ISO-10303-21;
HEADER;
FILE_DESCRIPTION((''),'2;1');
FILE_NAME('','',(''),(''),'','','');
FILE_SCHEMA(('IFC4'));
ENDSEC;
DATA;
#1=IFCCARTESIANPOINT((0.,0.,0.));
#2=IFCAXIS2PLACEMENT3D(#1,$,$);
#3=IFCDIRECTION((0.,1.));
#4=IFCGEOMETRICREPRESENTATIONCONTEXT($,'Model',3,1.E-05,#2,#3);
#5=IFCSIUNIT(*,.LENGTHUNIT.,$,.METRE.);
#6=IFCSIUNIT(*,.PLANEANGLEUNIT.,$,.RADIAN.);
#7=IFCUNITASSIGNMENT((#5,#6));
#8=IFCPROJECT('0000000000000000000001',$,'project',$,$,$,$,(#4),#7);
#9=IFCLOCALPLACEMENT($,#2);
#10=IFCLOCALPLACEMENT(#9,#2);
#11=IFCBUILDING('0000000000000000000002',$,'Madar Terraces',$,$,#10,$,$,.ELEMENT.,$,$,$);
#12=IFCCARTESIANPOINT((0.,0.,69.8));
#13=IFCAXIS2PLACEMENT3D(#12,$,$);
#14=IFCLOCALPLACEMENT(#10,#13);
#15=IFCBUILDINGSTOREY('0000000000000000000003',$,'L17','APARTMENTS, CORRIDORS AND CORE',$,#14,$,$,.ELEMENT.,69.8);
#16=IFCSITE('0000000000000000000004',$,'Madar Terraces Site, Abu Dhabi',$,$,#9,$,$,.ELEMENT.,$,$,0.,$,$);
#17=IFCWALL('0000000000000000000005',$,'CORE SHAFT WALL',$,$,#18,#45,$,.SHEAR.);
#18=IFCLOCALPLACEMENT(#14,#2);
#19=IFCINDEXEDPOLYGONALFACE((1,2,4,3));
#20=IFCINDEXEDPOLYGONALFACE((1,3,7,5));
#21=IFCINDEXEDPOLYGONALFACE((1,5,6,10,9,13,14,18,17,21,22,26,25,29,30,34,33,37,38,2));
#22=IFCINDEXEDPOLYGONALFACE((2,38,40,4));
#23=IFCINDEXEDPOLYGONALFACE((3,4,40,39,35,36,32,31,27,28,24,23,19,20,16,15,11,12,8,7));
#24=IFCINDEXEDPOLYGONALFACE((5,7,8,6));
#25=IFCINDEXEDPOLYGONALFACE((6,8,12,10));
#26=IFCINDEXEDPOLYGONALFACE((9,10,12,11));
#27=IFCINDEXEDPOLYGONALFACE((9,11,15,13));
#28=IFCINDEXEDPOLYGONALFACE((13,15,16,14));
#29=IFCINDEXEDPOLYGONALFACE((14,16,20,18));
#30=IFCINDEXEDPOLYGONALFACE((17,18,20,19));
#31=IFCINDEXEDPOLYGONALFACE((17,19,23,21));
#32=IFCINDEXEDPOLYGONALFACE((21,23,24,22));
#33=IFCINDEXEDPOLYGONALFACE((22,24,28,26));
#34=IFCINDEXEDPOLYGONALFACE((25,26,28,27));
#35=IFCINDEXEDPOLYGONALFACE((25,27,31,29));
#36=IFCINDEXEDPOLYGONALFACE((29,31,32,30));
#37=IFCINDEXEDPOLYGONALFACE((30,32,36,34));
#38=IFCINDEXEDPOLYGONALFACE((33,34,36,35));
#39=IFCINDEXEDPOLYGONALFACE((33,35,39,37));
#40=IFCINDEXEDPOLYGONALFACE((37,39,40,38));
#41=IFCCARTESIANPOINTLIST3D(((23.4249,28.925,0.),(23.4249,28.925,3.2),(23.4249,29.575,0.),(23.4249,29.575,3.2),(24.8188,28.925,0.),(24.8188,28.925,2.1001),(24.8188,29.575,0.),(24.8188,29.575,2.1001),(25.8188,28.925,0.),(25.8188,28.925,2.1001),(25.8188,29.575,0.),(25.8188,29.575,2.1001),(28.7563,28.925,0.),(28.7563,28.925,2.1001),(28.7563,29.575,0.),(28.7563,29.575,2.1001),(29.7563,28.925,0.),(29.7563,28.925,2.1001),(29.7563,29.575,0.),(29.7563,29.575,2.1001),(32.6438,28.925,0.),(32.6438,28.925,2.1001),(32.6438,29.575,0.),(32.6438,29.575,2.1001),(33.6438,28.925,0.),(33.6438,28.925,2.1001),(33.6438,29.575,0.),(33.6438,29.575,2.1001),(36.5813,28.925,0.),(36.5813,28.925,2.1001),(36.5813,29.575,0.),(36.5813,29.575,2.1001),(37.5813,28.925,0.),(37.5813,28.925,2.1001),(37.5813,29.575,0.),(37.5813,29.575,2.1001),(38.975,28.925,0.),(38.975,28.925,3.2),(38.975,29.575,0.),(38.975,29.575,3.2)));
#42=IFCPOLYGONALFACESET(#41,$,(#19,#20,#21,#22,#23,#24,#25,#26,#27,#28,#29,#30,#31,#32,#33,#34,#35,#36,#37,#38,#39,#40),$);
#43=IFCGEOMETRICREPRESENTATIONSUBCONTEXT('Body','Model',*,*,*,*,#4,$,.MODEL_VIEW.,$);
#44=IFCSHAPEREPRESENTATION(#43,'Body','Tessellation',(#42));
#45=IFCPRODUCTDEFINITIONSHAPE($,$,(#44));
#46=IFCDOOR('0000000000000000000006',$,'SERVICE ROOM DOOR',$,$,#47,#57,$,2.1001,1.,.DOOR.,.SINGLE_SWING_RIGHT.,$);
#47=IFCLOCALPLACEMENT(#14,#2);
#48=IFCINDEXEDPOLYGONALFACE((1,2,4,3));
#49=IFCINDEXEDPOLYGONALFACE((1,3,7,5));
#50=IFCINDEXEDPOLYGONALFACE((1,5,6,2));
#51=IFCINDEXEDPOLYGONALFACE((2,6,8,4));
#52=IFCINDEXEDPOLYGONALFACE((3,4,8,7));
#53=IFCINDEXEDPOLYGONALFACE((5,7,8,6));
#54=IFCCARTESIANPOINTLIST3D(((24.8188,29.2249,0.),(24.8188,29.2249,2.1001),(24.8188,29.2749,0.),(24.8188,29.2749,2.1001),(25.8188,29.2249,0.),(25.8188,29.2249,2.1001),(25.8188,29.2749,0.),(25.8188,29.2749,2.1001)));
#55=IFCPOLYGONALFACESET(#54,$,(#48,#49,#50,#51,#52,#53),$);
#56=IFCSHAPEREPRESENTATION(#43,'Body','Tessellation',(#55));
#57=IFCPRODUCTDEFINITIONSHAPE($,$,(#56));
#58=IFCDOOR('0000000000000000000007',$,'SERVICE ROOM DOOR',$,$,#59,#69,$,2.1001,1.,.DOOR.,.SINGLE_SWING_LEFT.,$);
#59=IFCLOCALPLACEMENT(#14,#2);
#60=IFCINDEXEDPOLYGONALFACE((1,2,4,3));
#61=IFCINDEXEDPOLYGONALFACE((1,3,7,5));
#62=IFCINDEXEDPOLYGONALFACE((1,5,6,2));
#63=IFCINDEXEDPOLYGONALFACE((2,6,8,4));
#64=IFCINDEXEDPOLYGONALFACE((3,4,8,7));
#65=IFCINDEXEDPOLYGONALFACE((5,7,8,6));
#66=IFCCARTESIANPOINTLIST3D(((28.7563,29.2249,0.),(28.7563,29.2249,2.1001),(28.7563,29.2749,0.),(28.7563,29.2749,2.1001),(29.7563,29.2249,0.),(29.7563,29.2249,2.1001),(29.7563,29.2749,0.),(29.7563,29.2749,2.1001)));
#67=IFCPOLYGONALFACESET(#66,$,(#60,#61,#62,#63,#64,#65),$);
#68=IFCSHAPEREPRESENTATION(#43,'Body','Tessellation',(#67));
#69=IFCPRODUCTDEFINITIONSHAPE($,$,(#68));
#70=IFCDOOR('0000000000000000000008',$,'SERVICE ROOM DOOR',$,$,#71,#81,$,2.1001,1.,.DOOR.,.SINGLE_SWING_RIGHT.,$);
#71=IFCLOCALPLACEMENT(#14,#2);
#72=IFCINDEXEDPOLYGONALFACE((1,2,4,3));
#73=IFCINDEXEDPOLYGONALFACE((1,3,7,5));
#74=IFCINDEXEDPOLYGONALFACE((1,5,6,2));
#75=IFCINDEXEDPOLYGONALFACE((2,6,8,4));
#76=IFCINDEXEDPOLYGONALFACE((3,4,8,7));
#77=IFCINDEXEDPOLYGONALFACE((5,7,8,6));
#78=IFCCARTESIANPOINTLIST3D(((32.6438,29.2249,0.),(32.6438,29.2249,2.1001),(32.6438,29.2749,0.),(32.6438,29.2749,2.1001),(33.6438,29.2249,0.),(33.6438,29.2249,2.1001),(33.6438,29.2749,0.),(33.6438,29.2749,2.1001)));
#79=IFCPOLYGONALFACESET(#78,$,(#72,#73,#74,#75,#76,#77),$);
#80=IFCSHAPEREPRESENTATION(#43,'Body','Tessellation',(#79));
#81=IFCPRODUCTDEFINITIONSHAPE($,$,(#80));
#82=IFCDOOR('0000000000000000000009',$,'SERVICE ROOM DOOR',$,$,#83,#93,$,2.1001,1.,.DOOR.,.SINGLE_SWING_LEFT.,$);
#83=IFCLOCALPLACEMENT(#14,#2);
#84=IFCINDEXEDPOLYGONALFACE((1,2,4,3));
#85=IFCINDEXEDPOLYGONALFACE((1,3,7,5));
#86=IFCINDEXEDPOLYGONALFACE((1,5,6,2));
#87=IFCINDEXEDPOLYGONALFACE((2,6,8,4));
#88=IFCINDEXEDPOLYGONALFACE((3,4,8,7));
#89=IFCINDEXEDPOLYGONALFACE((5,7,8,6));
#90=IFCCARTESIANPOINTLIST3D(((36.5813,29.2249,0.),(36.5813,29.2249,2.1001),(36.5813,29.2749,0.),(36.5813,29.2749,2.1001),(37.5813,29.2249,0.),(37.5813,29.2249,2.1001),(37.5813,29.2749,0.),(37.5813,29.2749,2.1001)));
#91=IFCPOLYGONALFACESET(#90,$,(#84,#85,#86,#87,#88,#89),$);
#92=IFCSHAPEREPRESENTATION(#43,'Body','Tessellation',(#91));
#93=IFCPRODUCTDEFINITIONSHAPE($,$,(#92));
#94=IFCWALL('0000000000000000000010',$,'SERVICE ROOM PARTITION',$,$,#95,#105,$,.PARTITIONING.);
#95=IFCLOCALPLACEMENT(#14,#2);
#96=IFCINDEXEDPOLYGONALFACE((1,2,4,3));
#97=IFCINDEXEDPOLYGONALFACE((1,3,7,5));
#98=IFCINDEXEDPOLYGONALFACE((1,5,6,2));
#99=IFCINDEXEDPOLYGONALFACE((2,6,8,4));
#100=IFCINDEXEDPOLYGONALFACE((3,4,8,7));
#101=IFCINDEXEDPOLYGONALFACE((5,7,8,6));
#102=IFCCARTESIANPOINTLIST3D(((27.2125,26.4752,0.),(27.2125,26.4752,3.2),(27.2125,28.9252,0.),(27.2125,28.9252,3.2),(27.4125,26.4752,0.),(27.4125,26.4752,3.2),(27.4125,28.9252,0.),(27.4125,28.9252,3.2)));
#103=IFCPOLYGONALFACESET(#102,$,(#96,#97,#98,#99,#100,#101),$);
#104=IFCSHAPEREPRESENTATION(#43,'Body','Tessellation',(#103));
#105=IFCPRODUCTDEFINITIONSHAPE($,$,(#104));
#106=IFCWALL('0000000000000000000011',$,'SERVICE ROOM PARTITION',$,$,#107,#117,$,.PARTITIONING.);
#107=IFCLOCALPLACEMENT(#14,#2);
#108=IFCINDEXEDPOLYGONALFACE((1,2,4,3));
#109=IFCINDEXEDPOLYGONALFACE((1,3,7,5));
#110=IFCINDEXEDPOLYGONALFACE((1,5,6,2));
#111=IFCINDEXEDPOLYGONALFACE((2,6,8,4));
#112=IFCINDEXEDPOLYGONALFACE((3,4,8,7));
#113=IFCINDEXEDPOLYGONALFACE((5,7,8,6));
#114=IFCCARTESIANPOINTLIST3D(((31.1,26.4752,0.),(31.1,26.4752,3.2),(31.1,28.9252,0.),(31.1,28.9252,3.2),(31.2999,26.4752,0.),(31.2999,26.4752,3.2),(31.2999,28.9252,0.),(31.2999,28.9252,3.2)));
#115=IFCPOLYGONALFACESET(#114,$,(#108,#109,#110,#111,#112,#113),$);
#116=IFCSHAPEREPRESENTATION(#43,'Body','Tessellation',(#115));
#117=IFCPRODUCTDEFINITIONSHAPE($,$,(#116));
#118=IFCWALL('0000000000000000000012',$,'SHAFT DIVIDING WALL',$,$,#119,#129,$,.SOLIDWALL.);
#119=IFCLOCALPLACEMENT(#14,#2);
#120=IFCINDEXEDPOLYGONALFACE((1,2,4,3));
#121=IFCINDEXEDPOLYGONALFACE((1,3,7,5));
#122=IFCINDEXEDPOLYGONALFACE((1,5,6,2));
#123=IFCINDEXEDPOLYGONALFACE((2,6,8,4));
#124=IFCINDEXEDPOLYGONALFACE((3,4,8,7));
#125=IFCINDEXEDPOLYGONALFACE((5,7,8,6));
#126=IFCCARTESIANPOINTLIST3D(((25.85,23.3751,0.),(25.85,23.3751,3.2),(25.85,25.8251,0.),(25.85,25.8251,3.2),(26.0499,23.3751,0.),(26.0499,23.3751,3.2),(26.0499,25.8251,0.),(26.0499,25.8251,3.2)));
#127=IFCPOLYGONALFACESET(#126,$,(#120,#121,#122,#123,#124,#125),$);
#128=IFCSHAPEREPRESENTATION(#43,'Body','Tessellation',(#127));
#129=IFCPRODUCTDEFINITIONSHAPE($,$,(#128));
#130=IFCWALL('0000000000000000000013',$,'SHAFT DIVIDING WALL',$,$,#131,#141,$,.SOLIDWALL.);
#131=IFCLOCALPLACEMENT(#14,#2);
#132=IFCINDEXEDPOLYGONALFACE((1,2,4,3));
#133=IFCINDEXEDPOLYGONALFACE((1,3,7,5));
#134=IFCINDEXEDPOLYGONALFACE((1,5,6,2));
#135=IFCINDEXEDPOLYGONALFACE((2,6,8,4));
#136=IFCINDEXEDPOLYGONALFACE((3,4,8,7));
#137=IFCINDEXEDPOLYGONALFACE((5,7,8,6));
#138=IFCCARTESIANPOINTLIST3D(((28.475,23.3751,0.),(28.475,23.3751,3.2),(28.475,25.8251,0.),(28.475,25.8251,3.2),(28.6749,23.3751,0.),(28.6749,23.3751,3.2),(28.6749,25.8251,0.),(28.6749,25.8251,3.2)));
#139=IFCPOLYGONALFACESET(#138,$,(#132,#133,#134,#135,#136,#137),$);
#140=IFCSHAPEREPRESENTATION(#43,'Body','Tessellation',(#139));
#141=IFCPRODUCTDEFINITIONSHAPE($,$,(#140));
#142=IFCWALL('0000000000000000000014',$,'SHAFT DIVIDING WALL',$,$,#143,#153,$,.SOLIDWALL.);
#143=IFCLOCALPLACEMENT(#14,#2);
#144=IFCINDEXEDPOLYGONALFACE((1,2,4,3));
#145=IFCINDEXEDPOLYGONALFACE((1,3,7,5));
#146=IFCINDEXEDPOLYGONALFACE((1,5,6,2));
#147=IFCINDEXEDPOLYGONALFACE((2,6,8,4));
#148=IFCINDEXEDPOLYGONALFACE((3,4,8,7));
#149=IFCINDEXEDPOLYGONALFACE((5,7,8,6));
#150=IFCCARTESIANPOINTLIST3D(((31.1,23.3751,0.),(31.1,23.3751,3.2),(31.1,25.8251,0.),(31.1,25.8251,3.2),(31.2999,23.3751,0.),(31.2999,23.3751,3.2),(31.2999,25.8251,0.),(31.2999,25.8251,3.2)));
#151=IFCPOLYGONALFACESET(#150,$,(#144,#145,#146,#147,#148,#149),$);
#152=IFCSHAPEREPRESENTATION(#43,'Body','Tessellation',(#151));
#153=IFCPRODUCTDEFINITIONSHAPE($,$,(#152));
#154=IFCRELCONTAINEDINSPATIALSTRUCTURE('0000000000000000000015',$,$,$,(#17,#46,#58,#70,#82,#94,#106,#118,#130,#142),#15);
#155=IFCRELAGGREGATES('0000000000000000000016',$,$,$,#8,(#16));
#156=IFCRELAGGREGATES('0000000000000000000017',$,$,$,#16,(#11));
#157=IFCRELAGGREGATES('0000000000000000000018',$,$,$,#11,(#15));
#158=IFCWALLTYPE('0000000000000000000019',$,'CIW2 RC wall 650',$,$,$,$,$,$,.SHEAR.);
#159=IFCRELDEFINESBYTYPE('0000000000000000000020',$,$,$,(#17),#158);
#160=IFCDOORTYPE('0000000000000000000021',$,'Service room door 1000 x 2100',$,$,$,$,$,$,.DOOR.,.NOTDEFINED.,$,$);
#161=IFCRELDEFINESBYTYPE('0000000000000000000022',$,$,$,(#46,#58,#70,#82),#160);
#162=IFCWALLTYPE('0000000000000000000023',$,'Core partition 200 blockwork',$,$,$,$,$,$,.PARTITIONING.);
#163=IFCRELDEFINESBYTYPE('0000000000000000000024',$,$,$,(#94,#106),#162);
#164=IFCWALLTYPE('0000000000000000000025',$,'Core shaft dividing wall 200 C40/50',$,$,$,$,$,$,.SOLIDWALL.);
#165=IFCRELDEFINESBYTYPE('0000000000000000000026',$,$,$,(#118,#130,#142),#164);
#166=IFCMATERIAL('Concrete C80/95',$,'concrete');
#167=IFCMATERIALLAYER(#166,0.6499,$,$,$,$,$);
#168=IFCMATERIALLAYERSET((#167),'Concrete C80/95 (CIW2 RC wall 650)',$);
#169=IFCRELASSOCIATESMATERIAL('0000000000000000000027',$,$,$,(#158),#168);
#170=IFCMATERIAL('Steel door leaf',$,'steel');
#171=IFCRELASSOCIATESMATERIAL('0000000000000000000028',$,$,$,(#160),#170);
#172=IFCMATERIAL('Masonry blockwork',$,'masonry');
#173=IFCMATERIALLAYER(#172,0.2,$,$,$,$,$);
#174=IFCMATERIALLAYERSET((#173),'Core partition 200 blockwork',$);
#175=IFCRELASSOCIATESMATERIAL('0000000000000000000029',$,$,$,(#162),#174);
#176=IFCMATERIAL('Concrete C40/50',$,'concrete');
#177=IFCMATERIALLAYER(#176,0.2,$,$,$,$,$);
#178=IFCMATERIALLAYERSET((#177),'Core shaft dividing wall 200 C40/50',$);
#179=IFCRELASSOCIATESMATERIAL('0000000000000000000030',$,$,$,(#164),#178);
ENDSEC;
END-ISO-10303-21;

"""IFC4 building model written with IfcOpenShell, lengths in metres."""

from ifc_helpers import new_model, si_unit, direction, frame, frame_2d, origin, place, context, subcontext, project, spatial, rectangle, extrude, material, layer, layer_set, type_object, element, fill, save


model = new_model("IFC4")

# Units and contexts
model_context = context("Model", 3, precision=1e-05, world=origin(), true_north=direction((0.0, 1.0)))
body_context = subcontext(model_context, "Body", "Model", "MODEL_VIEW")
ifc_project = project(units=[si_unit("LENGTHUNIT", "METRE"), si_unit("PLANEANGLEUNIT", "RADIAN")], contexts=[model_context])

# Site, building, storey
site_placement = place(None, origin())
site = spatial("IfcSite", under=ifc_project, at=site_placement, Name="Madar Terraces Site, Abu Dhabi", CompositionType="ELEMENT", RefElevation=0.0)
building_placement = place(site_placement, origin())
building = spatial("IfcBuilding", under=site, at=building_placement, Name="Madar Terraces", CompositionType="ELEMENT")
storey_placement = place(building_placement, frame((0.0, 0.0, 69.8)))
storey = spatial("IfcBuildingStorey", under=building, at=storey_placement, Name="L17", Description="APARTMENTS, CORRIDORS AND CORE", CompositionType="ELEMENT", Elevation=69.8)

# Shared definitions
ifc_material_1 = material(Name="Concrete C80/95", Category="concrete")
ifc_layer_1 = layer(ifc_material_1, 0.6499)
ifc_layer_set_1 = layer_set([ifc_layer_1], Name="Concrete C80/95 (CIW2 RC wall 650)")
wall_type_1 = type_object("IfcWallType", Name="CIW2 RC wall 650", PredefinedType="SHEAR", material=ifc_layer_set_1)

# Shared definitions
ifc_material_2 = material(Name="Steel door leaf", Category="steel")
door_type_1 = type_object("IfcDoorType", Name="Service room door 1000 x 2100", OperationType="NOTDEFINED", PredefinedType="DOOR", material=ifc_material_2)

# Wall, openings, doors
wall_1_placement = place(storey_placement, frame((23.425, 29.25, 0.0), z_axis=(0.0, 0.0, 1.0), x_axis=(1.0, 0.0, 0.0)))
wall_1 = element("IfcWall", 1, at=wall_1_placement, inside=storey, type_object=wall_type_1, Name="CORE SHAFT WALL", PredefinedType="SHEAR", context=body_context, shape_type="SweptSolid", body=[
    extrude(rectangle(XDim=15.55, YDim=0.6499, at=frame_2d((7.7749, 0.0))), origin(), (0.0, 0.0, 1.0), 3.2),
])
opening_1_placement = place(wall_1_placement, frame((1.3938, 0.0, 0.0)))
opening_1 = element("IfcOpeningElement", 2, at=opening_1_placement, cuts=wall_1, PredefinedType="OPENING", context=body_context, shape_type="SweptSolid", body=[
    extrude(rectangle(XDim=1.0, YDim=2.1001, at=frame_2d((0.5, 1.05))), frame((0.0, 0.335, 0.0), z_axis=(0.0, -1.0, 0.0), x_axis=(1.0, 0.0, 0.0)), (0.0, 0.0, 1.0), 0.6699),
])
opening_2_placement = place(wall_1_placement, frame((5.3313, 0.0, 0.0)))
opening_2 = element("IfcOpeningElement", 3, at=opening_2_placement, cuts=wall_1, PredefinedType="OPENING", context=body_context, shape_type="SweptSolid", body=[
    extrude(rectangle(XDim=1.0, YDim=2.1001, at=frame_2d((0.5, 1.05))), frame((0.0, 0.335, 0.0), z_axis=(0.0, -1.0, 0.0), x_axis=(1.0, 0.0, 0.0)), (0.0, 0.0, 1.0), 0.6699),
])
opening_3_placement = place(wall_1_placement, frame((9.2188, 0.0, 0.0)))
opening_3 = element("IfcOpeningElement", 4, at=opening_3_placement, cuts=wall_1, PredefinedType="OPENING", context=body_context, shape_type="SweptSolid", body=[
    extrude(rectangle(XDim=1.0, YDim=2.1001, at=frame_2d((0.5, 1.05))), frame((0.0, 0.335, 0.0), z_axis=(0.0, -1.0, 0.0), x_axis=(1.0, 0.0, 0.0)), (0.0, 0.0, 1.0), 0.6699),
])
opening_4_placement = place(wall_1_placement, frame((13.1562, 0.0, 0.0)))
opening_4 = element("IfcOpeningElement", 5, at=opening_4_placement, cuts=wall_1, PredefinedType="OPENING", context=body_context, shape_type="SweptSolid", body=[
    extrude(rectangle(XDim=1.0, YDim=2.1001, at=frame_2d((0.5, 1.05))), frame((0.0, 0.335, 0.0), z_axis=(0.0, -1.0, 0.0), x_axis=(1.0, 0.0, 0.0)), (0.0, 0.0, 1.0), 0.6699),
])
door_1_placement = place(opening_1_placement, origin())
door_1 = element("IfcDoor", 6, at=door_1_placement, inside=storey, type_object=door_type_1, Name="SERVICE ROOM DOOR", OperationType="SINGLE_SWING_RIGHT", OverallHeight=2.1001, OverallWidth=1.0, PredefinedType="DOOR", context=body_context, shape_type="SweptSolid", body=[
    extrude(rectangle(XDim=1.0, YDim=2.1001, at=frame_2d((0.5, 1.05))), frame((0.0, 0.0249, 0.0), z_axis=(0.0, -1.0, 0.0), x_axis=(1.0, 0.0, 0.0)), (0.0, 0.0, 1.0), 0.05),
])
fill(opening_1, door_1)
door_2_placement = place(opening_2_placement, origin())
door_2 = element("IfcDoor", 7, at=door_2_placement, inside=storey, type_object=door_type_1, Name="SERVICE ROOM DOOR", OperationType="SINGLE_SWING_LEFT", OverallHeight=2.1001, OverallWidth=1.0, PredefinedType="DOOR", context=body_context, shape_type="SweptSolid", body=[
    extrude(rectangle(XDim=1.0, YDim=2.1001, at=frame_2d((0.5, 1.05))), frame((0.0, 0.0249, 0.0), z_axis=(0.0, -1.0, 0.0), x_axis=(1.0, 0.0, 0.0)), (0.0, 0.0, 1.0), 0.05),
])
fill(opening_2, door_2)
door_3_placement = place(opening_3_placement, origin())
door_3 = element("IfcDoor", 8, at=door_3_placement, inside=storey, type_object=door_type_1, Name="SERVICE ROOM DOOR", OperationType="SINGLE_SWING_RIGHT", OverallHeight=2.1001, OverallWidth=1.0, PredefinedType="DOOR", context=body_context, shape_type="SweptSolid", body=[
    extrude(rectangle(XDim=1.0, YDim=2.1001, at=frame_2d((0.5, 1.05))), frame((0.0, 0.0249, 0.0), z_axis=(0.0, -1.0, 0.0), x_axis=(1.0, 0.0, 0.0)), (0.0, 0.0, 1.0), 0.05),
])
fill(opening_3, door_3)
door_4_placement = place(opening_4_placement, origin())
door_4 = element("IfcDoor", 9, at=door_4_placement, inside=storey, type_object=door_type_1, Name="SERVICE ROOM DOOR", OperationType="SINGLE_SWING_LEFT", OverallHeight=2.1001, OverallWidth=1.0, PredefinedType="DOOR", context=body_context, shape_type="SweptSolid", body=[
    extrude(rectangle(XDim=1.0, YDim=2.1001, at=frame_2d((0.5, 1.05))), frame((0.0, 0.0249, 0.0), z_axis=(0.0, -1.0, 0.0), x_axis=(1.0, 0.0, 0.0)), (0.0, 0.0, 1.0), 0.05),
])
fill(opening_4, door_4)

# Walls
ifc_material_3 = material(Name="Masonry blockwork", Category="masonry")
ifc_layer_2 = layer(ifc_material_3, 0.2)
ifc_layer_set_2 = layer_set([ifc_layer_2], Name="Core partition 200 blockwork")
wall_type_2 = type_object("IfcWallType", Name="Core partition 200 blockwork", PredefinedType="PARTITIONING", material=ifc_layer_set_2)
for number, where, z_axis, x_axis, name in (
    (10, (27.3125, 26.4751, 0.0), (0.0, 0.0, 1.0), (0.0, 1.0, 0.0), "SERVICE ROOM PARTITION"),
    (11, (31.2, 26.4751, 0.0), (0.0, 0.0, 1.0), (0.0, 1.0, 0.0), "SERVICE ROOM PARTITION"),
):
    element("IfcWall", number, at=place(storey_placement, frame(where, z_axis=z_axis, x_axis=x_axis)), inside=storey, type_object=wall_type_2, Name=name, PredefinedType="PARTITIONING", context=body_context, shape_type="SweptSolid", body=[
        extrude(rectangle(XDim=2.45, YDim=0.2, at=frame_2d((1.2251, 0.0))), origin(), (0.0, 0.0, 1.0), 3.2),
    ])
ifc_material_4 = material(Name="Concrete C40/50", Category="concrete")
ifc_layer_3 = layer(ifc_material_4, 0.2)
ifc_layer_set_3 = layer_set([ifc_layer_3], Name="Core shaft dividing wall 200 C40/50")
wall_type_3 = type_object("IfcWallType", Name="Core shaft dividing wall 200 C40/50", PredefinedType="SOLIDWALL", material=ifc_layer_set_3)
for number, where, z_axis, x_axis, name in (
    (12, (25.95, 23.375, 0.0), (0.0, 0.0, 1.0), (0.0, 1.0, 0.0), "SHAFT DIVIDING WALL"),
    (13, (28.575, 23.375, 0.0), (0.0, 0.0, 1.0), (0.0, 1.0, 0.0), "SHAFT DIVIDING WALL"),
    (14, (31.2, 23.375, 0.0), (0.0, 0.0, 1.0), (0.0, 1.0, 0.0), "SHAFT DIVIDING WALL"),
):
    element("IfcWall", number, at=place(storey_placement, frame(where, z_axis=z_axis, x_axis=x_axis)), inside=storey, type_object=wall_type_3, Name=name, PredefinedType="SOLIDWALL", context=body_context, shape_type="SweptSolid", body=[
        extrude(rectangle(XDim=2.45, YDim=0.2, at=frame_2d((1.2251, 0.0))), origin(), (0.0, 0.0, 1.0), 3.2),
    ])

save(model, "model.ifc")
